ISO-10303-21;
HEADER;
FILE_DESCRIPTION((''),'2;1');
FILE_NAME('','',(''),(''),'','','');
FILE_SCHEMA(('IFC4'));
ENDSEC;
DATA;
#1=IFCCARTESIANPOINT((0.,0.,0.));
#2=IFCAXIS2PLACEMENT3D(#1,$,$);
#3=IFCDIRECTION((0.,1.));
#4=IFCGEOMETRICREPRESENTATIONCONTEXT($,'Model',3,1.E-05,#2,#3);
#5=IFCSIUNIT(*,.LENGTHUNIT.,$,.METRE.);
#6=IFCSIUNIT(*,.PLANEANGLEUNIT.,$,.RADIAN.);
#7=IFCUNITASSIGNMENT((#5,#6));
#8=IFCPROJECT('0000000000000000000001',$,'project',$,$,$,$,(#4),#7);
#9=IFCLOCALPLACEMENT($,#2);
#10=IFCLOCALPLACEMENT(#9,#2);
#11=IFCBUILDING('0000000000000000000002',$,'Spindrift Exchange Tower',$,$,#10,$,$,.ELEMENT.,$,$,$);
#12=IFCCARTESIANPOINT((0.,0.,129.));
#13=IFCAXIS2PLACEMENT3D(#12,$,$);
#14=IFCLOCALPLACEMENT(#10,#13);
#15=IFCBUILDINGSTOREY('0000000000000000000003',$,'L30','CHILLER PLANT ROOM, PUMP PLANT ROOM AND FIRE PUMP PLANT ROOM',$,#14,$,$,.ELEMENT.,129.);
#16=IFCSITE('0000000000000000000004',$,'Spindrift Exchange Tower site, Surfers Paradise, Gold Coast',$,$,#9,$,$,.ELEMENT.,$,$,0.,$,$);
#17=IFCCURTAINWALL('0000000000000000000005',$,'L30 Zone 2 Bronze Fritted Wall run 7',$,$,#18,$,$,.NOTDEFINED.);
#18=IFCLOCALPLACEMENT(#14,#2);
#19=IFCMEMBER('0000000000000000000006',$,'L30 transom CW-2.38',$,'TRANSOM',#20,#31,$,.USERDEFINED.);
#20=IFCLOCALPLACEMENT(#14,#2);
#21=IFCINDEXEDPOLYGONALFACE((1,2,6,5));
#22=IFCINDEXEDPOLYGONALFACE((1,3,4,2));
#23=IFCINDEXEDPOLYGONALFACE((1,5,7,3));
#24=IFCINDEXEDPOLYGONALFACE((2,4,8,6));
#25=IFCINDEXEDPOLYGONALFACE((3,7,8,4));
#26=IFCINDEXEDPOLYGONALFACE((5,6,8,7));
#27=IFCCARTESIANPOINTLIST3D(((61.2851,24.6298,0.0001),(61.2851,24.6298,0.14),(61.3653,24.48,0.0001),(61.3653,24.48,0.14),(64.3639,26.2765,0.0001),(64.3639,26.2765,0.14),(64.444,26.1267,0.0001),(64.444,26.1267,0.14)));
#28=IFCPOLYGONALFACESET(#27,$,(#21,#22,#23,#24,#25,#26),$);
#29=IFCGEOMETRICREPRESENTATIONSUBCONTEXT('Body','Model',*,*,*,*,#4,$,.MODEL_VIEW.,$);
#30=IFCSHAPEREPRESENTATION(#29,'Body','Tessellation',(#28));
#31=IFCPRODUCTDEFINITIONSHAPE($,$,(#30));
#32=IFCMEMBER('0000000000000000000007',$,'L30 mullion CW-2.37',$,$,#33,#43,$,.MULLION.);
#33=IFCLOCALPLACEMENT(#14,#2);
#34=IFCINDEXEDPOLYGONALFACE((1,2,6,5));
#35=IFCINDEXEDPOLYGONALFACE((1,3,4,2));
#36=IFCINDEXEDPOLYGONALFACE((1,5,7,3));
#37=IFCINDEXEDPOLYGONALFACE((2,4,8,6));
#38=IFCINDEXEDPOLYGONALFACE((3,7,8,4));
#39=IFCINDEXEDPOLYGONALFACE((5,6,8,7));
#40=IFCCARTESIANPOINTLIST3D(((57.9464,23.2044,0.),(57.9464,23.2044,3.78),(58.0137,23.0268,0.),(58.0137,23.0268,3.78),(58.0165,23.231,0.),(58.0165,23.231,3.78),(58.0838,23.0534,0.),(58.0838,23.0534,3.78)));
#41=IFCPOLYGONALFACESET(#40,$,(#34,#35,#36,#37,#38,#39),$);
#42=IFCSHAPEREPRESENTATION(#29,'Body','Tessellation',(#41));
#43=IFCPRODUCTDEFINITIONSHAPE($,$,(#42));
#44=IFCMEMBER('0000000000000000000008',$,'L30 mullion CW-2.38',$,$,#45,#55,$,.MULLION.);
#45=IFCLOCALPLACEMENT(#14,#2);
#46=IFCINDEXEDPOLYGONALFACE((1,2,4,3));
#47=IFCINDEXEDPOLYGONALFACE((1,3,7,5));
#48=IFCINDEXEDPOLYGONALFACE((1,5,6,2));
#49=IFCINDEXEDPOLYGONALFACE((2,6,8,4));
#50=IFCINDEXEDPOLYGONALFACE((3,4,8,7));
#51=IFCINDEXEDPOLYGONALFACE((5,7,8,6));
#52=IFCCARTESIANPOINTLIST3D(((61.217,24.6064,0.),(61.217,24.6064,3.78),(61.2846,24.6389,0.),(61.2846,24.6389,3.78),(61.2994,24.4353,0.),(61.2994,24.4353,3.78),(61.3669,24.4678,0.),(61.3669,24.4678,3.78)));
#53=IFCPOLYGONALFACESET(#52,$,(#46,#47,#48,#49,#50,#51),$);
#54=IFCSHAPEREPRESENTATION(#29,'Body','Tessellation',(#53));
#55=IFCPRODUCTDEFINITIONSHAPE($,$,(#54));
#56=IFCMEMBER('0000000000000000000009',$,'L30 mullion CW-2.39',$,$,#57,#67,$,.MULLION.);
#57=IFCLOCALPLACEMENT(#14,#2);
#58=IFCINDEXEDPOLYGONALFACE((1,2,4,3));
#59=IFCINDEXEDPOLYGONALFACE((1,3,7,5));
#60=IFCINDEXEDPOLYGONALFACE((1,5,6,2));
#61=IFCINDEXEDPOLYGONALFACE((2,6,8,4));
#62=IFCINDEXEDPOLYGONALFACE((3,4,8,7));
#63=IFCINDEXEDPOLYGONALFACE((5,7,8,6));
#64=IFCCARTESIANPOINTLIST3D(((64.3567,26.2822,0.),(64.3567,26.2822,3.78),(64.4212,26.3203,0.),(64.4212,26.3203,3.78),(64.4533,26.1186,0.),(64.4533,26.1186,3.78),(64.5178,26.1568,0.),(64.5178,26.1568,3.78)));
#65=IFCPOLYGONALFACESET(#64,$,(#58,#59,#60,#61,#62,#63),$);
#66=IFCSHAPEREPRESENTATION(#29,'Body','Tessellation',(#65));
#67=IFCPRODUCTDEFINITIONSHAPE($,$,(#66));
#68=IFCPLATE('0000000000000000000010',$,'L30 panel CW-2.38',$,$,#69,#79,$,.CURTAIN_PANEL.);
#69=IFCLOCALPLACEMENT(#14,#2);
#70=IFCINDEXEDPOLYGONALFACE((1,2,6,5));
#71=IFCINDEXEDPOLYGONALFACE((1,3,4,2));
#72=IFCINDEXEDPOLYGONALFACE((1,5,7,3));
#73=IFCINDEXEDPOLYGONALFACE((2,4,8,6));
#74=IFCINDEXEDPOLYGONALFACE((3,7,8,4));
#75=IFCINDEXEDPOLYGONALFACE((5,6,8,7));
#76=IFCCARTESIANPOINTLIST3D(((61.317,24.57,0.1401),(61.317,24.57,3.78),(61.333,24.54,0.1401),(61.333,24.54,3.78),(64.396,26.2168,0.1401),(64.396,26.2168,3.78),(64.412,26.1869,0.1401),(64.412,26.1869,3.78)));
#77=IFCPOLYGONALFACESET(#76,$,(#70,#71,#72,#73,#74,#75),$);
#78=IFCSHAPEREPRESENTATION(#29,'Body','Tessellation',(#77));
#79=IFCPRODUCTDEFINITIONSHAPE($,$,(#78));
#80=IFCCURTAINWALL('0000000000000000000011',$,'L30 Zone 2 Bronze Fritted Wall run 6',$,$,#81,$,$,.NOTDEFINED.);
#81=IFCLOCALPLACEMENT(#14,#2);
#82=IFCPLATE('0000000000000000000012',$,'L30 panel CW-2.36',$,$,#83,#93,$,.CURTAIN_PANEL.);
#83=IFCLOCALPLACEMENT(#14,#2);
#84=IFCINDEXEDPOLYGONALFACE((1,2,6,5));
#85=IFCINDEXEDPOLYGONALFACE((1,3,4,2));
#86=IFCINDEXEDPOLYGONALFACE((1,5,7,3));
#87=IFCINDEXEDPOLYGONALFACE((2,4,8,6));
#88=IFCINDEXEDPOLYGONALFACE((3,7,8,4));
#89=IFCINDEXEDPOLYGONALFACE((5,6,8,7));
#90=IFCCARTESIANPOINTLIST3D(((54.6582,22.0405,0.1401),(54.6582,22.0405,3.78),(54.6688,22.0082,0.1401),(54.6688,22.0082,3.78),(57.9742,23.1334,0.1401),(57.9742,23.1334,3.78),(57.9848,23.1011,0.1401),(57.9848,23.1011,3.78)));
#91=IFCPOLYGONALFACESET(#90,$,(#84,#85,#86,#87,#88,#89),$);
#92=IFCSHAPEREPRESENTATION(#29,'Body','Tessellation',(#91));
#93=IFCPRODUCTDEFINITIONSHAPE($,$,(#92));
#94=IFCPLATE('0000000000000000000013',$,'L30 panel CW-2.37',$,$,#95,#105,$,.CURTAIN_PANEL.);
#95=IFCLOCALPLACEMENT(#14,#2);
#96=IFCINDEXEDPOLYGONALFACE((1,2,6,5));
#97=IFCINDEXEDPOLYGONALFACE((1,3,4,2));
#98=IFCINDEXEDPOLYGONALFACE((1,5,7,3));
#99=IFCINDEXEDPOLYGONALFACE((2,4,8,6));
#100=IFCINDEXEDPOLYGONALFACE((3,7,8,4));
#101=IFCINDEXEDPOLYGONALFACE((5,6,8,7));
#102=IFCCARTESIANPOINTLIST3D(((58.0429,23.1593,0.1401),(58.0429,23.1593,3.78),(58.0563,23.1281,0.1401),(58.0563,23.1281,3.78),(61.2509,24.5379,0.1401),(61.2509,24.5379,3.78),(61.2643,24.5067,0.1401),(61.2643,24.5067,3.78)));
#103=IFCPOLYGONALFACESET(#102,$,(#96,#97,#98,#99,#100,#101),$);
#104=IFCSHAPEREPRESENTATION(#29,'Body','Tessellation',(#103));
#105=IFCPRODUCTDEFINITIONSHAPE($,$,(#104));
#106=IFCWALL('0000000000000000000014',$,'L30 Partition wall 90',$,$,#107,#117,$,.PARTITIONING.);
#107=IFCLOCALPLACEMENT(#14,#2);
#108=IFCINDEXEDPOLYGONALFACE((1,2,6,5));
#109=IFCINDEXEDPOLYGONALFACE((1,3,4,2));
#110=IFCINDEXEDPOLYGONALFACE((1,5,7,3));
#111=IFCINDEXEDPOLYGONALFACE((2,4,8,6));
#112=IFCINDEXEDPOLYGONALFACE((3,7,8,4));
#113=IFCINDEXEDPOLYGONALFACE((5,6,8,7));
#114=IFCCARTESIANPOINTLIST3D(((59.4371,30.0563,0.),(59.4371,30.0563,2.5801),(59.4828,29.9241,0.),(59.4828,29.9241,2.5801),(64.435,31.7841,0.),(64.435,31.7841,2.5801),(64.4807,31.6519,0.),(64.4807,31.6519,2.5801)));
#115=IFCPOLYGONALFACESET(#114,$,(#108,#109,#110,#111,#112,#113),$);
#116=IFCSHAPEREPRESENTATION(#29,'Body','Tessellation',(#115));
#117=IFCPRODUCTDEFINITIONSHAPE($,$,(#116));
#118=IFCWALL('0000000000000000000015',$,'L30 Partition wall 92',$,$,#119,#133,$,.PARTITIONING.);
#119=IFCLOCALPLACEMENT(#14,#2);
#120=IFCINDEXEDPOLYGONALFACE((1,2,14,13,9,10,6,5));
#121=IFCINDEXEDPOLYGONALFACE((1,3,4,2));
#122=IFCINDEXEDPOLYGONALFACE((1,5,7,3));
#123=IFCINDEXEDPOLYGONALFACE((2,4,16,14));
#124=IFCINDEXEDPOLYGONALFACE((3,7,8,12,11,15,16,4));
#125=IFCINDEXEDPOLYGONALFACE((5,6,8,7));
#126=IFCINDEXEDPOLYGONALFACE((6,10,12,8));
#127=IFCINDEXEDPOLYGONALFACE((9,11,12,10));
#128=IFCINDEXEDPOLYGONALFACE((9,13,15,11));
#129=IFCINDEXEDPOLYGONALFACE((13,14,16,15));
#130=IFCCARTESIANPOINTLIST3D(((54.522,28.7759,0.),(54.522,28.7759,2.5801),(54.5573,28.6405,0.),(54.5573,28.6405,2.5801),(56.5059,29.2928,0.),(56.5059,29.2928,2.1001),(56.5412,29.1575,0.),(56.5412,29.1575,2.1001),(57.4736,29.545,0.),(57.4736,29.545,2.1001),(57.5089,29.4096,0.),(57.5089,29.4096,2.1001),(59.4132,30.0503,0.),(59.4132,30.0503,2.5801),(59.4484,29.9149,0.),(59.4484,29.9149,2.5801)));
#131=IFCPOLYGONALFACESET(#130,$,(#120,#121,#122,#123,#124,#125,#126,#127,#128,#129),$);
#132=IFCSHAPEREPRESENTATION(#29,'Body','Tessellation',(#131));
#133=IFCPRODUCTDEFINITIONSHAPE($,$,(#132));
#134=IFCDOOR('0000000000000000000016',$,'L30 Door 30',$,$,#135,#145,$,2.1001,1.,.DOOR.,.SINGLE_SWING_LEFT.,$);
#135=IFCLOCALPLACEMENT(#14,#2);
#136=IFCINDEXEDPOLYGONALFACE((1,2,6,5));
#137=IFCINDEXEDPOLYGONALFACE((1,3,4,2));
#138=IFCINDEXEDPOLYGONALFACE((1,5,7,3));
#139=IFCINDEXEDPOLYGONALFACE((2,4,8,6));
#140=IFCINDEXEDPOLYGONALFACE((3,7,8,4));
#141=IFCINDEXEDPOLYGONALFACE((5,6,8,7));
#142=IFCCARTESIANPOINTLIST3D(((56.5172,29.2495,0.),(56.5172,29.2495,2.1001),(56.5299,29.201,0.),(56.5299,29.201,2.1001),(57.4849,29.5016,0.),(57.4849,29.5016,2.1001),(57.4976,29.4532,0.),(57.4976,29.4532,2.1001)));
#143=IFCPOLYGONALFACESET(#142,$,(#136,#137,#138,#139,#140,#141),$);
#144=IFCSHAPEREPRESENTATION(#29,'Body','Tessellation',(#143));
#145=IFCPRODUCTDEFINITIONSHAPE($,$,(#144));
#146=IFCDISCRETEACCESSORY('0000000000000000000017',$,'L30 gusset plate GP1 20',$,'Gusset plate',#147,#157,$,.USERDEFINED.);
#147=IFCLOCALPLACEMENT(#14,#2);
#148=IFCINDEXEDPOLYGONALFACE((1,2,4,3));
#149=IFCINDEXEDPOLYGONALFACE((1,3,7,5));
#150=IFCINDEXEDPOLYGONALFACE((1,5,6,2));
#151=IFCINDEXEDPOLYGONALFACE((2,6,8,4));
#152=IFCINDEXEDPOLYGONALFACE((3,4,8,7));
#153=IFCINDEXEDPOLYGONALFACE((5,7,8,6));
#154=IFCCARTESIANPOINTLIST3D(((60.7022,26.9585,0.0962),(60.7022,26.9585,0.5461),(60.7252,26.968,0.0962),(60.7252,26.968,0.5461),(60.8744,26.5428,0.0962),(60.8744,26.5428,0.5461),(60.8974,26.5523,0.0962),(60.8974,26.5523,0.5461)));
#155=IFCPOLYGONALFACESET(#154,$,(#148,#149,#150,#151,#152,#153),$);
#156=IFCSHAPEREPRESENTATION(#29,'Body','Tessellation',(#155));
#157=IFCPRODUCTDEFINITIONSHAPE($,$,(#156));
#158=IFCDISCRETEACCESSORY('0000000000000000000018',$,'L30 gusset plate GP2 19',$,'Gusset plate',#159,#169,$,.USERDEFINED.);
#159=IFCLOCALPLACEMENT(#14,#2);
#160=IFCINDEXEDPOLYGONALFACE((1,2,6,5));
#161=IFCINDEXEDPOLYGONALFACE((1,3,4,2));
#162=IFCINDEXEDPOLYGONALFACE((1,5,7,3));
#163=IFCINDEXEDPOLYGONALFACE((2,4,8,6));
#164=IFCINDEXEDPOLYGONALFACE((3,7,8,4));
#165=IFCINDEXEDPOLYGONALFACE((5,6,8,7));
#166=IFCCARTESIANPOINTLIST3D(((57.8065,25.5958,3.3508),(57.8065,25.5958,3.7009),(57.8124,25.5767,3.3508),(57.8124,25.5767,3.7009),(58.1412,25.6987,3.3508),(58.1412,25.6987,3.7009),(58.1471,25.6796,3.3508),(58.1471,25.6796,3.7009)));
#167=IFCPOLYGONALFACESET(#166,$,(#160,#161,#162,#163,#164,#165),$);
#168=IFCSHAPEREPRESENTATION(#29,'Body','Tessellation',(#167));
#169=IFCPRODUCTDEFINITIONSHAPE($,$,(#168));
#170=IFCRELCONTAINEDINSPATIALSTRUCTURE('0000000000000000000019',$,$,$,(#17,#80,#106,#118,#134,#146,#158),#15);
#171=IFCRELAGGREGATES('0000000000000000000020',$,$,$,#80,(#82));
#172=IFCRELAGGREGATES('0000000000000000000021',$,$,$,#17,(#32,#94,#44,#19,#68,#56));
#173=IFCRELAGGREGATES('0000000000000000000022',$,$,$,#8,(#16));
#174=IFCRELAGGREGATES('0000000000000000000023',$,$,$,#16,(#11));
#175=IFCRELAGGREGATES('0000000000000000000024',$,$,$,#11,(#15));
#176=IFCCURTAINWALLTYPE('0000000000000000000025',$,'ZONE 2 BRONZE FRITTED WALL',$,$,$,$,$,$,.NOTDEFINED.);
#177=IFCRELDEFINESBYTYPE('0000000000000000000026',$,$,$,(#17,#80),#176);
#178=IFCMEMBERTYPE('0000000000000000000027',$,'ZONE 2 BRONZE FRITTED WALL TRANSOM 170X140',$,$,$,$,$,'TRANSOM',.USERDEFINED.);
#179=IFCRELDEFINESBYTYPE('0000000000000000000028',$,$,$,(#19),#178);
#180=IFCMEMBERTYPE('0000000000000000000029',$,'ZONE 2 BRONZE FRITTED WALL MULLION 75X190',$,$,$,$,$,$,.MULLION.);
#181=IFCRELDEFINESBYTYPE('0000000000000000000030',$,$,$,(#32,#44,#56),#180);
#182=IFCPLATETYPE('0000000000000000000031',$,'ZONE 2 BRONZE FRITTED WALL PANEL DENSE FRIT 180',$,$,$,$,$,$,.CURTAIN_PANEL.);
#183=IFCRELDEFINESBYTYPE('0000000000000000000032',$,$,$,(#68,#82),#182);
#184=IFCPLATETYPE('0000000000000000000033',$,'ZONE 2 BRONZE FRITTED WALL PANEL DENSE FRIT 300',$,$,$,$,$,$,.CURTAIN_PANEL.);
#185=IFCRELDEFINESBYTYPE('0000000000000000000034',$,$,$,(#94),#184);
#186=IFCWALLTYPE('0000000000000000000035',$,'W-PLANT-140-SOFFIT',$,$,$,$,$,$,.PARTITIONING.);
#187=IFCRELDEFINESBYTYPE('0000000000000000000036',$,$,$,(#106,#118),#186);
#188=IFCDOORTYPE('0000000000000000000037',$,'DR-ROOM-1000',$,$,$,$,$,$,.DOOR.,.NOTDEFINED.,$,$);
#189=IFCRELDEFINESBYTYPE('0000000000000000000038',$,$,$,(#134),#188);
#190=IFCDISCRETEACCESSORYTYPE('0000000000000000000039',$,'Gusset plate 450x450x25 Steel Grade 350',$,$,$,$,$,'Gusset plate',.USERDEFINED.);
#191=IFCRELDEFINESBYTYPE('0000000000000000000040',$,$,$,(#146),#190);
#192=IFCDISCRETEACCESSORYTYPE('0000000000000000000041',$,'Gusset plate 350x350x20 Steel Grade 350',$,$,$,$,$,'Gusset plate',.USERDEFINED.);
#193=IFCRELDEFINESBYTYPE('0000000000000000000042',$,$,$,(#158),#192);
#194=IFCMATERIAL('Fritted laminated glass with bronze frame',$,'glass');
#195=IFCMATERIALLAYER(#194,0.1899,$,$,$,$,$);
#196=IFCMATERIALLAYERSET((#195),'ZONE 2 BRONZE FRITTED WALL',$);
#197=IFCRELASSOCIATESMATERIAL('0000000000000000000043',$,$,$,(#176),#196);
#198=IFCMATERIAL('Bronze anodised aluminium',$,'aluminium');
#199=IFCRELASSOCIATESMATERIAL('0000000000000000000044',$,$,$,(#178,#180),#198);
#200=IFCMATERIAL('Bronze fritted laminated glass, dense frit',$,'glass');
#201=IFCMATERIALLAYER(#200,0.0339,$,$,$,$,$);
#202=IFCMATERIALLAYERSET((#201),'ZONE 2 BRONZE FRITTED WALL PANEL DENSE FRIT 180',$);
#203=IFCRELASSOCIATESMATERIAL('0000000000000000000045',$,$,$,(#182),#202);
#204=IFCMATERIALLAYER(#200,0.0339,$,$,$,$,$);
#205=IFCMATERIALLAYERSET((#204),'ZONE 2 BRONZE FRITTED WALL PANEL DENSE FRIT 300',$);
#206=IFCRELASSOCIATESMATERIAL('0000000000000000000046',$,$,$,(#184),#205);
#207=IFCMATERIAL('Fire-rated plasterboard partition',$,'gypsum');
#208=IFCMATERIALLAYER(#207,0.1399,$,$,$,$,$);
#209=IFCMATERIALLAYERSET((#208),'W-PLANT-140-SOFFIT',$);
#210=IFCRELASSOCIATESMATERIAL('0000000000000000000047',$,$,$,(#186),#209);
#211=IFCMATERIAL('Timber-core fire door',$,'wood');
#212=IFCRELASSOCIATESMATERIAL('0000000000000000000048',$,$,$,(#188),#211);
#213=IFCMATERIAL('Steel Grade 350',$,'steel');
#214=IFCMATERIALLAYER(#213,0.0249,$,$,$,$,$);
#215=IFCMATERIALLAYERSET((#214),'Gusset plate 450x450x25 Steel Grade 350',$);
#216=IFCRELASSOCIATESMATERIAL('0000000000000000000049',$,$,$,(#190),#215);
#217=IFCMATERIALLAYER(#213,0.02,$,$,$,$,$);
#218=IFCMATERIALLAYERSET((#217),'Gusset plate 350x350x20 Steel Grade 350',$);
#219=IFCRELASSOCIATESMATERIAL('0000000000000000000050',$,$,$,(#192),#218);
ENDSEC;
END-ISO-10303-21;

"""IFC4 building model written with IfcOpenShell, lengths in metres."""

from ifc_helpers import new_model, si_unit, direction, frame, frame_2d, origin, origin_2d, place, context, subcontext, project, spatial, rectangle, extrude, source, transform, mapped, material, layer, layer_set, material_profile, profile_set, type_object, element, fill, aggregate, save


model = new_model("IFC4")

# Units and contexts
model_context = context("Model", 3, precision=1e-05, world=origin(), true_north=direction((0.0, 1.0)))
body_context = subcontext(model_context, "Body", "Model", "MODEL_VIEW")
ifc_project = project(units=[si_unit("LENGTHUNIT", "METRE"), si_unit("PLANEANGLEUNIT", "RADIAN")], contexts=[model_context])

# Site, building, storey
site_placement = place(None, origin())
site = spatial("IfcSite", under=ifc_project, at=site_placement, Name="Spindrift Exchange Tower site, Surfers Paradise, Gold Coast", CompositionType="ELEMENT", RefElevation=0.0)
building_placement = place(site_placement, origin())
building = spatial("IfcBuilding", under=site, at=building_placement, Name="Spindrift Exchange Tower", CompositionType="ELEMENT")
storey_placement = place(building_placement, frame((0.0, 0.0, 129.0)))
storey = spatial("IfcBuildingStorey", under=building, at=storey_placement, Name="L30", Description="CHILLER PLANT ROOM, PUMP PLANT ROOM AND FIRE PUMP PLANT ROOM", CompositionType="ELEMENT", Elevation=129.0)

# Shared definitions
ifc_material_1 = material(Name="Steel Grade 350", Category="steel")

# Curtain wall, members, plate
ifc_material_2 = material(Name="Fritted laminated glass with bronze frame", Category="glass")
ifc_layer_1 = layer(ifc_material_2, 0.1899)
ifc_layer_set_1 = layer_set([ifc_layer_1], Name="ZONE 2 BRONZE FRITTED WALL")
curtain_wall_type = type_object("IfcCurtainWallType", Name="ZONE 2 BRONZE FRITTED WALL", PredefinedType="NOTDEFINED", material=ifc_layer_set_1)
curtain_wall_1_placement = place(storey_placement, origin())
curtain_wall_1 = element("IfcCurtainWall", 1, at=curtain_wall_1_placement, inside=storey, type_object=curtain_wall_type, Name="L30 Zone 2 Bronze Fritted Wall run 7", PredefinedType="NOTDEFINED")
ifc_material_3 = material(Name="Bronze anodised aluminium", Category="aluminium")
ifc_material_profile_1 = material_profile(ifc_material_3, rectangle(XDim=0.1699, YDim=0.1399, at=origin_2d()), Name="ZONE 2 BRONZE FRITTED WALL TRANSOM 170X140")
ifc_profile_set_1 = profile_set([ifc_material_profile_1], Name="Bronze anodised aluminium")
member_type_1 = type_object("IfcMemberType", Name="ZONE 2 BRONZE FRITTED WALL TRANSOM 170X140", ElementType="TRANSOM", PredefinedType="USERDEFINED", material=ifc_profile_set_1)
shared_shape_1 = source(origin(), body_context, "Body", "SweptSolid", [
    extrude(rectangle(XDim=0.1699, YDim=0.1399, at=origin_2d()), origin(), (0.0, 0.0, 1.0), 3.4915),
])
member_1_placement = place(storey_placement, frame((61.3252, 24.5549, 0.0701), z_axis=(0.881797, 0.471629, 0.0), x_axis=(-0.471629, 0.881797, 0.0)))
member_1 = element("IfcMember", 2, at=member_1_placement, type_object=member_type_1, Name="L30 transom CW-2.38", ObjectType="TRANSOM", PredefinedType="USERDEFINED", context=body_context, shape_type="MappedRepresentation", body=[
    mapped(shared_shape_1, transform((0.0, 0.0, 0.0), scale=1.0)),
])
ifc_material_profile_2 = material_profile(ifc_material_3, rectangle(XDim=0.075, YDim=0.1899, at=origin_2d()), Name="ZONE 2 BRONZE FRITTED WALL MULLION 75X190")
ifc_profile_set_2 = profile_set([ifc_material_profile_2], Name="Bronze anodised aluminium")
member_type_2 = type_object("IfcMemberType", Name="ZONE 2 BRONZE FRITTED WALL MULLION 75X190", PredefinedType="MULLION", material=ifc_profile_set_2)
shared_shape_2 = source(origin(), body_context, "Body", "SweptSolid", [
    extrude(rectangle(XDim=0.075, YDim=0.1899, at=origin_2d()), origin(), (0.0, 0.0, 1.0), 3.78),
])
member_2_placement = place(storey_placement, frame((58.0151, 23.1289, 0.0), z_axis=(0.0, 0.0, 1.0), x_axis=(0.935147, 0.354261, 0.0)))
member_2 = element("IfcMember", 3, at=member_2_placement, type_object=member_type_2, Name="L30 mullion CW-2.37", PredefinedType="MULLION", context=body_context, shape_type="MappedRepresentation", body=[
    mapped(shared_shape_2, transform((0.0, 0.0, 0.0), scale=1.0)),
])
member_3_placement = place(storey_placement, frame((61.292, 24.5371, 0.0), z_axis=(0.0, 0.0, 1.0), x_axis=(0.901094, 0.433625, 0.0)))
member_3 = element("IfcMember", 4, at=member_3_placement, type_object=member_type_2, Name="L30 mullion CW-2.38", PredefinedType="MULLION", context=body_context, shape_type="MappedRepresentation", body=[
    mapped(shared_shape_2, transform((0.0, 0.0, 0.0), scale=1.0)),
])
member_4_placement = place(storey_placement, frame((64.4373, 26.2195, 0.0), z_axis=(0.0, 0.0, 1.0), x_axis=(0.861128, 0.508388, 0.0)))
member_4 = element("IfcMember", 5, at=member_4_placement, type_object=member_type_2, Name="L30 mullion CW-2.39", PredefinedType="MULLION", context=body_context, shape_type="MappedRepresentation", body=[
    mapped(shared_shape_2, transform((0.0, 0.0, 0.0), scale=1.0)),
])
ifc_material_4 = material(Name="Bronze fritted laminated glass, dense frit", Category="glass")
ifc_layer_2 = layer(ifc_material_4, 0.0339)
ifc_layer_set_2 = layer_set([ifc_layer_2], Name="ZONE 2 BRONZE FRITTED WALL PANEL DENSE FRIT 180")
plate_type_1 = type_object("IfcPlateType", Name="ZONE 2 BRONZE FRITTED WALL PANEL DENSE FRIT 180", PredefinedType="CURTAIN_PANEL", material=ifc_layer_set_2)
shared_shape_3 = source(origin(), body_context, "Body", "SweptSolid", [
    extrude(rectangle(XDim=3.4917, YDim=0.0339, at=origin_2d()), origin(), (0.0, 0.0, 1.0), 3.6399),
])
plate_1_placement = place(storey_placement, frame((62.8645, 25.3784, 0.1401), z_axis=(0.0, 0.0, 1.0), x_axis=(0.881792, 0.471638, 0.0)))
plate_1 = element("IfcPlate", 6, at=plate_1_placement, type_object=plate_type_1, Name="L30 panel CW-2.38", PredefinedType="CURTAIN_PANEL", context=body_context, shape_type="MappedRepresentation", body=[
    mapped(shared_shape_3, transform((0.0, 0.0, 0.0), scale=1.0)),
])

# Curtain wall, plate
curtain_wall_2_placement = place(storey_placement, origin())
curtain_wall_2 = element("IfcCurtainWall", 7, at=curtain_wall_2_placement, inside=storey, type_object=curtain_wall_type, Name="L30 Zone 2 Bronze Fritted Wall run 6", PredefinedType="NOTDEFINED")
shared_shape_4 = source(origin(), body_context, "Body", "SweptSolid", [
    extrude(rectangle(XDim=3.4915, YDim=0.0339, at=origin_2d()), origin(), (0.0, 0.0, 1.0), 3.6399),
])
plate_2_placement = place(storey_placement, frame((56.3215, 22.5708, 0.1401), z_axis=(0.0, 0.0, 1.0), x_axis=(0.949746, 0.313021, 0.0)))
plate_2 = element("IfcPlate", 8, at=plate_2_placement, type_object=plate_type_1, Name="L30 panel CW-2.36", PredefinedType="CURTAIN_PANEL", context=body_context, shape_type="MappedRepresentation", body=[
    mapped(shared_shape_4, transform((0.0, 0.0, 0.0), scale=1.0)),
])
aggregate(curtain_wall_2, [plate_2])

# Plate
ifc_layer_3 = layer(ifc_material_4, 0.0339)
ifc_layer_set_3 = layer_set([ifc_layer_3], Name="ZONE 2 BRONZE FRITTED WALL PANEL DENSE FRIT 300")
plate_type_2 = type_object("IfcPlateType", Name="ZONE 2 BRONZE FRITTED WALL PANEL DENSE FRIT 300", PredefinedType="CURTAIN_PANEL", material=ifc_layer_set_3)
shared_shape_5 = source(origin(), body_context, "Body", "SweptSolid", [
    extrude(rectangle(XDim=3.4917, YDim=0.0339, at=origin_2d()), origin(), (0.0, 0.0, 1.0), 3.6399),
])
plate_3_placement = place(storey_placement, frame((59.6536, 23.833, 0.1401), z_axis=(0.0, 0.0, 1.0), x_axis=(0.918757, 0.394822, 0.0)))
plate_3 = element("IfcPlate", 9, at=plate_3_placement, type_object=plate_type_2, Name="L30 panel CW-2.37", PredefinedType="CURTAIN_PANEL", context=body_context, shape_type="MappedRepresentation", body=[
    mapped(shared_shape_5, transform((0.0, 0.0, 0.0), scale=1.0)),
])
aggregate(curtain_wall_1, [member_2, plate_3, member_3, member_1, plate_1, member_4])

# Wall
ifc_material_5 = material(Name="Fire-rated plasterboard partition", Category="gypsum")
ifc_layer_4 = layer(ifc_material_5, 0.1399)
ifc_layer_set_4 = layer_set([ifc_layer_4], Name="W-PLANT-140-SOFFIT")
wall_type = type_object("IfcWallType", Name="W-PLANT-140-SOFFIT", PredefinedType="PARTITIONING", material=ifc_layer_set_4)
wall_1_placement = place(storey_placement, frame((59.46, 29.9902, 0.0), z_axis=(0.0, 0.0, 1.0), x_axis=(0.945116, 0.326735, 0.0)))
element("IfcWall", 10, at=wall_1_placement, inside=storey, type_object=wall_type, Name="L30 Partition wall 90", PredefinedType="PARTITIONING", context=body_context, shape_type="SweptSolid", body=[
    extrude(rectangle(XDim=5.2881, YDim=0.1399, at=frame_2d((2.644, 0.0))), origin(), (0.0, 0.0, 1.0), 2.5801),
])

# Wall, opening, door
wall_2_placement = place(storey_placement, frame((59.4309, 29.9827, 0.0), z_axis=(0.0, 0.0, 1.0), x_axis=(-0.967691, -0.252139, 0.0)))
wall_2 = element("IfcWall", 11, at=wall_2_placement, inside=storey, type_object=wall_type, Name="L30 Partition wall 92", PredefinedType="PARTITIONING", context=body_context, shape_type="SweptSolid", body=[
    extrude(rectangle(XDim=5.0544, YDim=0.1399, at=frame_2d((2.5273, 0.0))), origin(), (0.0, 0.0, 1.0), 2.5801),
])
opening_placement = place(wall_2_placement, frame((2.0044, 0.0, 0.0)))
opening = element("IfcOpeningElement", 12, at=opening_placement, cuts=wall_2, PredefinedType="OPENING", context=body_context, shape_type="SweptSolid", body=[
    extrude(rectangle(XDim=1.0, YDim=2.1001, at=frame_2d((0.5, 1.05))), frame((0.0, 0.0798, 0.0), z_axis=(0.0, -1.0, 0.0), x_axis=(1.0, 0.0, 0.0)), (0.0, 0.0, 1.0), 0.1599),
])
ifc_material_6 = material(Name="Timber-core fire door", Category="wood")
door_type = type_object("IfcDoorType", Name="DR-ROOM-1000", OperationType="NOTDEFINED", PredefinedType="DOOR", material=ifc_material_6)
shared_shape_6 = source(origin(), body_context, "Body", "SweptSolid", [
    extrude(rectangle(XDim=1.0, YDim=2.1001, at=frame_2d((0.5, 1.05))), frame((0.0, 0.0249, 0.0), z_axis=(0.0, -1.0, 0.0), x_axis=(1.0, 0.0, 0.0)), (0.0, 0.0, 1.0), 0.05),
])
door_placement = place(opening_placement, origin())
door = element("IfcDoor", 13, at=door_placement, inside=storey, type_object=door_type, Name="L30 Door 30", OperationType="SINGLE_SWING_LEFT", OverallHeight=2.1001, OverallWidth=1.0, PredefinedType="DOOR", context=body_context, shape_type="MappedRepresentation", body=[
    mapped(shared_shape_6, transform((0.0, 0.0, 0.0), scale=1.0)),
])
fill(opening, door)

# Discrete accessories
ifc_layer_5 = layer(ifc_material_1, 0.0249)
ifc_layer_set_5 = layer_set([ifc_layer_5], Name="Gusset plate 450x450x25 Steel Grade 350")
discrete_accessory_type_1 = type_object("IfcDiscreteAccessoryType", Name="Gusset plate 450x450x25 Steel Grade 350", ElementType="Gusset plate", PredefinedType="USERDEFINED", material=ifc_layer_set_5)
shared_shape_7 = source(origin(), body_context, "Body", "SweptSolid", [
    extrude(rectangle(XDim=0.45, YDim=0.0249, at=origin_2d()), origin(), (0.0, 0.0, 1.0), 0.45),
])
discrete_accessory_placement = place(storey_placement, frame((60.7998, 26.7554, 0.0962), z_axis=(0.0, 0.0, 1.0), x_axis=(0.382672, -0.923884, 0.0)))
element("IfcDiscreteAccessory", 14, at=discrete_accessory_placement, inside=storey, type_object=discrete_accessory_type_1, Name="L30 gusset plate GP1 20", ObjectType="Gusset plate", PredefinedType="USERDEFINED", context=body_context, shape_type="MappedRepresentation", body=[
    mapped(shared_shape_7, transform((0.0, 0.0, 0.0), scale=1.0)),
])
ifc_layer_6 = layer(ifc_material_1, 0.02)
ifc_layer_set_6 = layer_set([ifc_layer_6], Name="Gusset plate 350x350x20 Steel Grade 350")
discrete_accessory_type_2 = type_object("IfcDiscreteAccessoryType", Name="Gusset plate 350x350x20 Steel Grade 350", ElementType="Gusset plate", PredefinedType="USERDEFINED", material=ifc_layer_set_6)
shared_shape_8 = source(origin(), body_context, "Body", "SweptSolid", [
    extrude(rectangle(XDim=0.3501, YDim=0.02, at=origin_2d()), origin(), (0.0, 0.0, 1.0), 0.3501),
])
for number, where, z_axis, x_axis, name in (
    (15, (57.9768, 25.6377, 3.3508), (0.0, 0.0, 1.0), (0.955861, 0.293818, 0.0), "L30 gusset plate GP2 19"),
):
    element("IfcDiscreteAccessory", number, at=place(storey_placement, frame(where, z_axis=z_axis, x_axis=x_axis)), inside=storey, type_object=discrete_accessory_type_2, Name=name, ObjectType="Gusset plate", PredefinedType="USERDEFINED", context=body_context, shape_type="MappedRepresentation", body=[
        mapped(shared_shape_8, transform((0.0, 0.0, 0.0), scale=1.0)),
    ])

save(model, "model.ifc")
